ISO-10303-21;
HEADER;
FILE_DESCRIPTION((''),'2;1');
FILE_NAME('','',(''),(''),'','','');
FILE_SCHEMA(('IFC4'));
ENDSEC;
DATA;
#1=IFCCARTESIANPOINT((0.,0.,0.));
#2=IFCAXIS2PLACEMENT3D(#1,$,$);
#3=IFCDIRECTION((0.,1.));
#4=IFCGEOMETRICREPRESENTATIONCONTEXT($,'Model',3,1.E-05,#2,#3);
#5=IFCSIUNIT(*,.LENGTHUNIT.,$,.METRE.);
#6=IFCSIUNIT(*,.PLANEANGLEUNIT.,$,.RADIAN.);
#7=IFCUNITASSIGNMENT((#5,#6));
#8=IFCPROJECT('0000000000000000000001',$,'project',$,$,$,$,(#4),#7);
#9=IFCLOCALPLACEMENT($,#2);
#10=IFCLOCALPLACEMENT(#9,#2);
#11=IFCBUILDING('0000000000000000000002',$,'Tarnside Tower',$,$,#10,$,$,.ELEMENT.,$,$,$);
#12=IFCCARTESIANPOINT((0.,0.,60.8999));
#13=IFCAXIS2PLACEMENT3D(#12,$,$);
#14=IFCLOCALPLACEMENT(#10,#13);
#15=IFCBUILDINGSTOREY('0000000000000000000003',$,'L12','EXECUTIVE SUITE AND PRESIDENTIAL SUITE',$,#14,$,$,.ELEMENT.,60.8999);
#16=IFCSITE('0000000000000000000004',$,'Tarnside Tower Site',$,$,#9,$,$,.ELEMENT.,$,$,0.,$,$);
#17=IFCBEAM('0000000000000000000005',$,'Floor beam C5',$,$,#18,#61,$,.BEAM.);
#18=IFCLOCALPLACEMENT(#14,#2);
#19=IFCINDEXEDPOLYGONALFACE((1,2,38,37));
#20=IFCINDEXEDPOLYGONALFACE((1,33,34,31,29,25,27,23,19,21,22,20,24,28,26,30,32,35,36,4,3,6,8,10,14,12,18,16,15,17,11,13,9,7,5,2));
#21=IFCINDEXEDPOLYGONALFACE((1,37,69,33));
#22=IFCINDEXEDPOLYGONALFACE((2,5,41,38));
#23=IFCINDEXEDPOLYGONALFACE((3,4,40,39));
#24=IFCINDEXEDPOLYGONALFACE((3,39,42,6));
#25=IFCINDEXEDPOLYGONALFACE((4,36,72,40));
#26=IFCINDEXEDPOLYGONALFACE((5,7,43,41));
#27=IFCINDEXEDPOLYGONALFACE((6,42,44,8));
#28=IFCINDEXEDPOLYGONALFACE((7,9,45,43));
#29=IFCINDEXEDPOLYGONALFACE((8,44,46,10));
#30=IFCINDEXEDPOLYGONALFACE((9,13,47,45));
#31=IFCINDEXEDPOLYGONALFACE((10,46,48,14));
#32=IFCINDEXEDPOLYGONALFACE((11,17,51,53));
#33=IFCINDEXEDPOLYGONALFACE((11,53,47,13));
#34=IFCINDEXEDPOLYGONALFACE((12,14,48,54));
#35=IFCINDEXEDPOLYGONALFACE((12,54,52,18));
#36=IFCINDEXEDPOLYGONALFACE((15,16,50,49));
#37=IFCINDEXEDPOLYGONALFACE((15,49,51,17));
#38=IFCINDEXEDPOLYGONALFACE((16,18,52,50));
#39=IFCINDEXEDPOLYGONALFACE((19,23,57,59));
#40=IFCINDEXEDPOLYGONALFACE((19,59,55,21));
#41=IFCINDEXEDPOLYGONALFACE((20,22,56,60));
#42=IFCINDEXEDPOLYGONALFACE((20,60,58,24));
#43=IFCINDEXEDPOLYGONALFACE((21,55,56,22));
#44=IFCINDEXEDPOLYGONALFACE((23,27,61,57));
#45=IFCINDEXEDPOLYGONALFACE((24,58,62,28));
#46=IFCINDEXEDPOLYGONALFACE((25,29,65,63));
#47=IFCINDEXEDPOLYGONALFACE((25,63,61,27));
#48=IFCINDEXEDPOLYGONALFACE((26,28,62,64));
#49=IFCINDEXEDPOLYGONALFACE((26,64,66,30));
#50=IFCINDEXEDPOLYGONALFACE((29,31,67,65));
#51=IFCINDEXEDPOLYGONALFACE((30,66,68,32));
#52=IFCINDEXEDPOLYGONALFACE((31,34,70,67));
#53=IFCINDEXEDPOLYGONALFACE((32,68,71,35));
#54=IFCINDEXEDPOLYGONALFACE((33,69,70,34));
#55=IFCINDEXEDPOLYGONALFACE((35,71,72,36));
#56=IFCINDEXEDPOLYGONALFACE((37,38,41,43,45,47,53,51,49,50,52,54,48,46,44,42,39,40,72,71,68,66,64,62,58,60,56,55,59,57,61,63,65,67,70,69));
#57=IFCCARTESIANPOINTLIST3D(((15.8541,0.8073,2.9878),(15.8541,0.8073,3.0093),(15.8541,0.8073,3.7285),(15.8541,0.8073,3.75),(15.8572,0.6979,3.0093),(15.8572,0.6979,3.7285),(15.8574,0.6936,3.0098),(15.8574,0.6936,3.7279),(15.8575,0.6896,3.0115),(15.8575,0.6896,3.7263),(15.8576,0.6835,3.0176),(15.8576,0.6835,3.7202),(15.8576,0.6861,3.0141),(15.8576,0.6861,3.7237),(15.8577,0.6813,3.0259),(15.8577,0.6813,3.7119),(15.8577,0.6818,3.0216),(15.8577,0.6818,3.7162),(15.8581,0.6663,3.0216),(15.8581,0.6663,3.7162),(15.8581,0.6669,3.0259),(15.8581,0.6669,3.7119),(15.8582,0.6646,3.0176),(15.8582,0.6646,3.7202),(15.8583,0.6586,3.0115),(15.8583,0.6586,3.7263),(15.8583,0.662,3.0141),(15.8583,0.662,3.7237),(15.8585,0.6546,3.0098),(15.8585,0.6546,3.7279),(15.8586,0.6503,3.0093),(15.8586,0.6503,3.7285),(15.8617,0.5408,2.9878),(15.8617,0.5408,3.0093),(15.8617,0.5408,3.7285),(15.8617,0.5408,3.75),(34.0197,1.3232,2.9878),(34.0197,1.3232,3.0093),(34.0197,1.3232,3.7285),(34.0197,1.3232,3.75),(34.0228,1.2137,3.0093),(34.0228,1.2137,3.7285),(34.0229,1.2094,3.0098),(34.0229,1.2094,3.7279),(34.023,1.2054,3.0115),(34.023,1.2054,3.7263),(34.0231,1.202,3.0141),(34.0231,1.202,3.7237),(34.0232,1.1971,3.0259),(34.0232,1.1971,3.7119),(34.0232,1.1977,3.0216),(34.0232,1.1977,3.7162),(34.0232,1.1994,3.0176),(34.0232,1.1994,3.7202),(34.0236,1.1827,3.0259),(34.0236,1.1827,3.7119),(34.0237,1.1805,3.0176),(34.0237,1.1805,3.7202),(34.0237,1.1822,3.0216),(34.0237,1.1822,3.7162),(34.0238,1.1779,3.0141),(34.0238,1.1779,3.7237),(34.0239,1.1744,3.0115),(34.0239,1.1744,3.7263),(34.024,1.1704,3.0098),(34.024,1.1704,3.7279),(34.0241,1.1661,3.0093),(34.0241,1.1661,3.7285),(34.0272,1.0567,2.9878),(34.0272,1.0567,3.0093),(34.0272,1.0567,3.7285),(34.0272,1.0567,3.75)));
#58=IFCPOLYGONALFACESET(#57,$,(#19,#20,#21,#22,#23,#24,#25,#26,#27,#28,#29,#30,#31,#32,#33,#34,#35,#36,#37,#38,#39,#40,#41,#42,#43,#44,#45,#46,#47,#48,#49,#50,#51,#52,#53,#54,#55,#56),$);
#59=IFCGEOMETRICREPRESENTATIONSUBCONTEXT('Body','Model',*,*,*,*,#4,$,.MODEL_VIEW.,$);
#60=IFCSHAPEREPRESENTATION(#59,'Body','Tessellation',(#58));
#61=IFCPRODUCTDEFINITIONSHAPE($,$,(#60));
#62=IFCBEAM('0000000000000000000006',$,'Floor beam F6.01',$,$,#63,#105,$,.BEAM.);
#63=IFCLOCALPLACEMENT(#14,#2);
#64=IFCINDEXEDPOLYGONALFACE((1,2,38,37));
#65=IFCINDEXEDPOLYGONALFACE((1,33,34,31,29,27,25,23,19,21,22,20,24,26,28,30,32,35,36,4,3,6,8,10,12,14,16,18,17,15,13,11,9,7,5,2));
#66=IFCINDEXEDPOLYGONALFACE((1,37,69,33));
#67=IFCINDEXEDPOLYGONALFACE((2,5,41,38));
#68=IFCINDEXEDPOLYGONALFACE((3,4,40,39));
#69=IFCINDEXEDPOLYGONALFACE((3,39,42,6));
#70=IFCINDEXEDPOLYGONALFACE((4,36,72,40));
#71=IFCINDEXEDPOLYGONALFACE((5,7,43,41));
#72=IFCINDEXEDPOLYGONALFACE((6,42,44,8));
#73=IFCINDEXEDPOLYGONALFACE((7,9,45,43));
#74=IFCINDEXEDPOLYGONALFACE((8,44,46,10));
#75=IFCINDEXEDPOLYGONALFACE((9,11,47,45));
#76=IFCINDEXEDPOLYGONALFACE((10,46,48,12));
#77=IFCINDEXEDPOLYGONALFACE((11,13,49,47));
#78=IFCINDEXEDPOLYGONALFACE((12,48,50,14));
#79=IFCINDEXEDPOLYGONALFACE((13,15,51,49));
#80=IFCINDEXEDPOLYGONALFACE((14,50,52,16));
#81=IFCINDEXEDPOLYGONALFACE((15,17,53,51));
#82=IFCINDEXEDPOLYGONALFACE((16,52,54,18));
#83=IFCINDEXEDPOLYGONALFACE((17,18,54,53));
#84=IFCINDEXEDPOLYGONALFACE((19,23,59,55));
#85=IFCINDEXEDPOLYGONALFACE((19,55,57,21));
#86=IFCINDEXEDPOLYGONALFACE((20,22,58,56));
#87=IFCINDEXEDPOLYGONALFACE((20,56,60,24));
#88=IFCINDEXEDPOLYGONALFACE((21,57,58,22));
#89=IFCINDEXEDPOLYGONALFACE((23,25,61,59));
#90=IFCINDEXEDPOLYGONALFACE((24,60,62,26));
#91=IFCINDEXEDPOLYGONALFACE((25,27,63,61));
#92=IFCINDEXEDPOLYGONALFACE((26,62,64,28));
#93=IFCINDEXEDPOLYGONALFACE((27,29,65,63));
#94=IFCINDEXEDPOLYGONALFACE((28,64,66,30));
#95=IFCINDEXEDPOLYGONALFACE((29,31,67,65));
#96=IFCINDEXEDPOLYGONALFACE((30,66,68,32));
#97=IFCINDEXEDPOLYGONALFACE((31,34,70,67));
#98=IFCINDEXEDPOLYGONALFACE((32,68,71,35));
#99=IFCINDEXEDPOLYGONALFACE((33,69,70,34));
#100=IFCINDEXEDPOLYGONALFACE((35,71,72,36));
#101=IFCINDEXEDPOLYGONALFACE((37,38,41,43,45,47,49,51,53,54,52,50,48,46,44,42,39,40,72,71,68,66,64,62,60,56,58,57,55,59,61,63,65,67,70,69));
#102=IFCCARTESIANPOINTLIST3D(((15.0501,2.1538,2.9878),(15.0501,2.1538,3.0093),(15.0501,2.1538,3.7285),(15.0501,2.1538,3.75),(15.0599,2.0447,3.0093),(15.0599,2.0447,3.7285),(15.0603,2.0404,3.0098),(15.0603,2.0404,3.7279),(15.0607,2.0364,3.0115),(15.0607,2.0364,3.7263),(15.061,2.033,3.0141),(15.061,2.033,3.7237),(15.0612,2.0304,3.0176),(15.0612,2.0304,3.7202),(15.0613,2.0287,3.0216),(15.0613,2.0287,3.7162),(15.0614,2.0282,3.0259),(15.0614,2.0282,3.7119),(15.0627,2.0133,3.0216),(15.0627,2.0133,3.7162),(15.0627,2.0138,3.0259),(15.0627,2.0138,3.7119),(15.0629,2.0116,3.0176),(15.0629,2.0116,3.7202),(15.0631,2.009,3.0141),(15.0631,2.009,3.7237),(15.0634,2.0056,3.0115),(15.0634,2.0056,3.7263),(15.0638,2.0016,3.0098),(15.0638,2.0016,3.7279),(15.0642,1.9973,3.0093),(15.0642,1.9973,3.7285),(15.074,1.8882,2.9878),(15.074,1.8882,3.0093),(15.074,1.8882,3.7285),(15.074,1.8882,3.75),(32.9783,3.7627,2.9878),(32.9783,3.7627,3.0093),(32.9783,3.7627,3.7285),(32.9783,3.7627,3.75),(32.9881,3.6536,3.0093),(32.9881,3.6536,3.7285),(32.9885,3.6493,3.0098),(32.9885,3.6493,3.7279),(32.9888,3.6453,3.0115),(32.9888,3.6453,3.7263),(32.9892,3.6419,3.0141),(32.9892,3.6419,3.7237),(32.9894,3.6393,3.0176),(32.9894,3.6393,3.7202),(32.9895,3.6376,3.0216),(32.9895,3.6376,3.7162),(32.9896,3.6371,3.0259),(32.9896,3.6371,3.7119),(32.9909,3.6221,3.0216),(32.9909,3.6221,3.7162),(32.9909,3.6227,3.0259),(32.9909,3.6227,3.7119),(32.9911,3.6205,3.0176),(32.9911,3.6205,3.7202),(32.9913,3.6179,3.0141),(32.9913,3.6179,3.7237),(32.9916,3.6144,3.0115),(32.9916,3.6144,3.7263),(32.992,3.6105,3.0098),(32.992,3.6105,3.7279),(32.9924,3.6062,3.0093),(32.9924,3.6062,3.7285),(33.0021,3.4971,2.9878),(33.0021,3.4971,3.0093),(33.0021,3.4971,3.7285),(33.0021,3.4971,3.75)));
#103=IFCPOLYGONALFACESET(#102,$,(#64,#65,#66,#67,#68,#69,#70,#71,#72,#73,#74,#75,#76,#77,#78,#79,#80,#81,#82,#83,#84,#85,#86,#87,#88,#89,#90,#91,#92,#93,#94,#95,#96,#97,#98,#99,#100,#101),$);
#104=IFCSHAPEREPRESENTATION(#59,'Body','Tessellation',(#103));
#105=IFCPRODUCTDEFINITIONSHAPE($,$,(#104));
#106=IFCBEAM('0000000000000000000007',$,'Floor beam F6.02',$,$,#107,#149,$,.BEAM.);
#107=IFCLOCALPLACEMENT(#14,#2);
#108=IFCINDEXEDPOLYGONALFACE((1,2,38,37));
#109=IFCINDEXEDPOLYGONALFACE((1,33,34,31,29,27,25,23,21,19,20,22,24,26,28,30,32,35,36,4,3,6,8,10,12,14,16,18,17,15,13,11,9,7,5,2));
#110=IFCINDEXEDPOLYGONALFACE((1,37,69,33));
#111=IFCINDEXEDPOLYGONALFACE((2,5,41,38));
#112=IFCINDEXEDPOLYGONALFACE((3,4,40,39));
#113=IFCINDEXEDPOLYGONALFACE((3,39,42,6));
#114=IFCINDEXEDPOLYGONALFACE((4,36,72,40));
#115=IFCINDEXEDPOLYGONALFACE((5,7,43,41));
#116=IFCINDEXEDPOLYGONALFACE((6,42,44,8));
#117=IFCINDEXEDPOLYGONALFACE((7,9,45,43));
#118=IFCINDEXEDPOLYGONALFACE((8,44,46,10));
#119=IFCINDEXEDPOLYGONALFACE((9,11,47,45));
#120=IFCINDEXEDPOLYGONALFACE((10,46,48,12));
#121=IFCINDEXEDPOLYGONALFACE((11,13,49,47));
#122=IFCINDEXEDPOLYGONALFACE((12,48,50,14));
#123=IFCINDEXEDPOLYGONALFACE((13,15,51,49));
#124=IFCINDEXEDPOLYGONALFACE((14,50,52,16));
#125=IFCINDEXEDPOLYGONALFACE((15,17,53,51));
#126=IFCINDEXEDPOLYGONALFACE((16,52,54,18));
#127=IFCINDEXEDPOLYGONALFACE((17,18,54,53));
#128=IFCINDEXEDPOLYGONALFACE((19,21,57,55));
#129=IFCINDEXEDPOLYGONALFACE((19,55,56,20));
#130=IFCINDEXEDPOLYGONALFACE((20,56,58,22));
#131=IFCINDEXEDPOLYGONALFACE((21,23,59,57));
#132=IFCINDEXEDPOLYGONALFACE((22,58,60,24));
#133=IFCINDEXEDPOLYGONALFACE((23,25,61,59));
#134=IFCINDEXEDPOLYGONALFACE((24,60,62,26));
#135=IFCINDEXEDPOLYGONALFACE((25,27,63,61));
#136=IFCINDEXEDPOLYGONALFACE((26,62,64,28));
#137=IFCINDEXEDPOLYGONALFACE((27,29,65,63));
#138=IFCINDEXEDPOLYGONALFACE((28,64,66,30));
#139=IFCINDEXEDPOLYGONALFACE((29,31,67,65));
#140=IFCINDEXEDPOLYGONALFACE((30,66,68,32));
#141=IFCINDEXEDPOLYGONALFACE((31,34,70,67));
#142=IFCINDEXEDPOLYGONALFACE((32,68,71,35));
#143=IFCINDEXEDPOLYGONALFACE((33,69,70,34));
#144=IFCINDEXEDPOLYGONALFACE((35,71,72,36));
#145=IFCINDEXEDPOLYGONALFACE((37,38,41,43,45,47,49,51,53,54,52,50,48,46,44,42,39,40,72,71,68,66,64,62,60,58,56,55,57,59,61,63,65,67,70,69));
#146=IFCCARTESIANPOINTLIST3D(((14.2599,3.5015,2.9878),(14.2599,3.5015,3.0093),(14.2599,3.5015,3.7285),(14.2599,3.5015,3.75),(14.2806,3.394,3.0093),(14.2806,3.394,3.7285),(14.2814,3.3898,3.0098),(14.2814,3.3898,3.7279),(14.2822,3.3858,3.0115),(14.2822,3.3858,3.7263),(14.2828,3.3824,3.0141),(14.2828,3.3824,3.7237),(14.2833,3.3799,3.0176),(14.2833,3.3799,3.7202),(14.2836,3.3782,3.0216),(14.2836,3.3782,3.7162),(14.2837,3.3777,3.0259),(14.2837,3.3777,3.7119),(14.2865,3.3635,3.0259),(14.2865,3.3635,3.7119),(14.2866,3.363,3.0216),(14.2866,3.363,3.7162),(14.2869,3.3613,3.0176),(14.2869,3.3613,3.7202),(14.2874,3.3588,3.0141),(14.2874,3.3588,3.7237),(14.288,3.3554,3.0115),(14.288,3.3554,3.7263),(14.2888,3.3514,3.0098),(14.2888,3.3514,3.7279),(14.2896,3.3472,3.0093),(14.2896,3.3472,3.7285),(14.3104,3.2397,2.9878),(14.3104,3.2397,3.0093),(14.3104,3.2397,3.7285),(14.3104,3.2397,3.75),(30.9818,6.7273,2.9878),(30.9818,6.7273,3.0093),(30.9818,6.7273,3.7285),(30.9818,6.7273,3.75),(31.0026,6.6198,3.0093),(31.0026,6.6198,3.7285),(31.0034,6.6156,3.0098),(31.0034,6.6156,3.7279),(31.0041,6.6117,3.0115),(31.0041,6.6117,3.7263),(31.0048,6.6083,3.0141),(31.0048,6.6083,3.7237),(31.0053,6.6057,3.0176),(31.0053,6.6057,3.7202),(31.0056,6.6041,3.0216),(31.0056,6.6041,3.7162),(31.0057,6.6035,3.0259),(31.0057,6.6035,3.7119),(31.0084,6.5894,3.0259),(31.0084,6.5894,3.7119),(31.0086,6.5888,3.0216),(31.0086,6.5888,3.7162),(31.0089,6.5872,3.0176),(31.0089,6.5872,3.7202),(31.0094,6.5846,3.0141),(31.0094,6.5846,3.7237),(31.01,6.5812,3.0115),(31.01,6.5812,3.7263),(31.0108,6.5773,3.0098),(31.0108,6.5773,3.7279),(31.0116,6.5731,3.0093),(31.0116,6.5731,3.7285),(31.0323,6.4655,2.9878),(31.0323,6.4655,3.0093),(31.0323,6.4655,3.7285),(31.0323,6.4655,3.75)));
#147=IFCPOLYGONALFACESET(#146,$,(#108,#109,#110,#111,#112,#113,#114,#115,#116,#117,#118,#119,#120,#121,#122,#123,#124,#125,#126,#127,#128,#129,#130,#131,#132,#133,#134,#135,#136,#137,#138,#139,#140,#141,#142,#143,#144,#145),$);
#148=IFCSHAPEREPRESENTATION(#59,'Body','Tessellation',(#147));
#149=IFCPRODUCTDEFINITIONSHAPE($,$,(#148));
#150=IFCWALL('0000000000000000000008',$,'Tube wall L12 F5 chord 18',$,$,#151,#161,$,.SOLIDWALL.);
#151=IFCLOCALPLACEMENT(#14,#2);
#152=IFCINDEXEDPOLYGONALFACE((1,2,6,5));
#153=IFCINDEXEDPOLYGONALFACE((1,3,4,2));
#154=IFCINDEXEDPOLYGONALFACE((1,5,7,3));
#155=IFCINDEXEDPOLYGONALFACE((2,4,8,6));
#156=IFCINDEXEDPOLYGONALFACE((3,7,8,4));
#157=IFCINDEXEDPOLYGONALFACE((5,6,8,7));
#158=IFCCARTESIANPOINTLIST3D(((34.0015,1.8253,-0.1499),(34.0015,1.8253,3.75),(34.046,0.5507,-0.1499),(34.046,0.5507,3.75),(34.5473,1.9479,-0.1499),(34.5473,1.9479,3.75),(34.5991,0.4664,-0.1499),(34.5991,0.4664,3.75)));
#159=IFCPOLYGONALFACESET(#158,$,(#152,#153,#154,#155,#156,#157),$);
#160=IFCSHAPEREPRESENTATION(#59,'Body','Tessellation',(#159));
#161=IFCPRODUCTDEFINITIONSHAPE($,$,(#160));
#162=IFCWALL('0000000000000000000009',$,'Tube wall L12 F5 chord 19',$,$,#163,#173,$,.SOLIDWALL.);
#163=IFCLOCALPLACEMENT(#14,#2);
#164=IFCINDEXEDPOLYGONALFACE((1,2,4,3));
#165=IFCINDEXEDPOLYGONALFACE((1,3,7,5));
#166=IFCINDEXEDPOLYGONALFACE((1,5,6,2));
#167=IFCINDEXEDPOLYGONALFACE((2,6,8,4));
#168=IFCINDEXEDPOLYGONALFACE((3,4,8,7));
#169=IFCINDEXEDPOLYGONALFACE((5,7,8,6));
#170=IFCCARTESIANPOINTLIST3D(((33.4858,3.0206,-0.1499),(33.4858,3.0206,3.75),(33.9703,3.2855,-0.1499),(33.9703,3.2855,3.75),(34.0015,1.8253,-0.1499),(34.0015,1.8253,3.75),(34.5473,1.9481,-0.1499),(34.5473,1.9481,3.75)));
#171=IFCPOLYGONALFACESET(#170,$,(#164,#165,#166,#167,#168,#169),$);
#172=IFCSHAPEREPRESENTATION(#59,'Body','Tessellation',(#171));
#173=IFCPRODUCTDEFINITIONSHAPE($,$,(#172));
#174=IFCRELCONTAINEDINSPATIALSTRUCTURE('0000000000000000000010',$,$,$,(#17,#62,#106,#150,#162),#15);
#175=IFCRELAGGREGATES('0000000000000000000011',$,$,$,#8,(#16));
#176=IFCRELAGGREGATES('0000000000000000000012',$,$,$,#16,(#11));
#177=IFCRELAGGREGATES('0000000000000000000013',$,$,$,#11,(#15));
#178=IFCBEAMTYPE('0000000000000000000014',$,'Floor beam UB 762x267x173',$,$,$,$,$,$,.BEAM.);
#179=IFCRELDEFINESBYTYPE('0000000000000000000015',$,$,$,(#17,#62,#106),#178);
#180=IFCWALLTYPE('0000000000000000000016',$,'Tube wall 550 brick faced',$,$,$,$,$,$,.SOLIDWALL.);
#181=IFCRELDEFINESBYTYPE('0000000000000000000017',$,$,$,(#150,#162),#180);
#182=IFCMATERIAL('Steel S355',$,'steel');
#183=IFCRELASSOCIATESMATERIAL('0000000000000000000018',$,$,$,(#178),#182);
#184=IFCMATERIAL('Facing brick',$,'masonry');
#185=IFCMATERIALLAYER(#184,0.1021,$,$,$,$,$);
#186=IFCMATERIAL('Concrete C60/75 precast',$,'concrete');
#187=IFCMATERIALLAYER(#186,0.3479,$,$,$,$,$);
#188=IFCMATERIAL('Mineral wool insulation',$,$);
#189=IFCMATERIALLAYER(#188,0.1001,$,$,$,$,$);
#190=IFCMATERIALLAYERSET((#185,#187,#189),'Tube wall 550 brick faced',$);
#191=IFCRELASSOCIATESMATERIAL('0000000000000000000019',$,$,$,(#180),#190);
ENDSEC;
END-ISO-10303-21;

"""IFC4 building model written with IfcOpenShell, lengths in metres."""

from ifc_helpers import new_model, si_unit, direction, frame, origin, origin_2d, place, context, subcontext, project, spatial, polyline, i_section, outline, extrude, material, layer, layer_set, material_profile, profile_set, type_object, element, save


model = new_model("IFC4")

# Units and contexts
model_context = context("Model", 3, precision=1e-05, world=origin(), true_north=direction((0.0, 1.0)))
body_context = subcontext(model_context, "Body", "Model", "MODEL_VIEW")
ifc_project = project(units=[si_unit("LENGTHUNIT", "METRE"), si_unit("PLANEANGLEUNIT", "RADIAN")], contexts=[model_context])

# Site, building, storey
site_placement = place(None, origin())
site = spatial("IfcSite", under=ifc_project, at=site_placement, Name="Tarnside Tower Site", CompositionType="ELEMENT", RefElevation=0.0)
building_placement = place(site_placement, origin())
building = spatial("IfcBuilding", under=site, at=building_placement, Name="Tarnside Tower", CompositionType="ELEMENT")
storey_placement = place(building_placement, frame((0.0, 0.0, 60.8999)))
storey = spatial("IfcBuildingStorey", under=building, at=storey_placement, Name="L12", Description="EXECUTIVE SUITE AND PRESIDENTIAL SUITE", CompositionType="ELEMENT", Elevation=60.8999)

# Beams
ifc_material_1 = material(Name="Steel S355", Category="steel")
ifc_material_profile = material_profile(ifc_material_1, i_section(OverallWidth=0.2666, OverallDepth=0.7622, WebThickness=0.0144, FlangeThickness=0.0215, FilletRadius=0.0166, at=origin_2d()), Name="UB 762x267x173")
ifc_profile_set = profile_set([ifc_material_profile], Name="Steel S355")
beam_type = type_object("IfcBeamType", Name="Floor beam UB 762x267x173", PredefinedType="BEAM", material=ifc_profile_set)
beam_1_placement = place(storey_placement, frame((34.0234, 1.1899, 3.3689), z_axis=(-0.999597, -0.028387, 0.0), x_axis=(0.028387, -0.999597, 0.0)))
element("IfcBeam", 1, at=beam_1_placement, inside=storey, type_object=beam_type, Name="Floor beam C5", PredefinedType="BEAM", context=body_context, shape_type="SweptSolid", body=[
    extrude(i_section(OverallWidth=0.2666, OverallDepth=0.7622, WebThickness=0.0144, FlangeThickness=0.0215, FilletRadius=0.0166, at=origin_2d()), origin(), (0.0, 0.0, 1.0), 18.1729),
])
beam_2_placement = place(storey_placement, frame((32.9902, 3.6299, 3.3689), z_axis=(-0.995997, -0.089381, 0.0), x_axis=(0.089381, -0.995997, 0.0)))
element("IfcBeam", 2, at=beam_2_placement, inside=storey, type_object=beam_type, Name="Floor beam F6.01", PredefinedType="BEAM", context=body_context, shape_type="SweptSolid", body=[
    extrude(i_section(OverallWidth=0.2666, OverallDepth=0.7622, WebThickness=0.0144, FlangeThickness=0.0215, FilletRadius=0.0166, at=origin_2d()), origin(), (0.0, 0.0, 1.0), 18.0002),
])
beam_3_placement = place(storey_placement, frame((31.0071, 6.5964, 3.3689), z_axis=(-0.981897, -0.189418, 0.0), x_axis=(0.189418, -0.981897, 0.0)))
element("IfcBeam", 3, at=beam_3_placement, inside=storey, type_object=beam_type, Name="Floor beam F6.02", PredefinedType="BEAM", context=body_context, shape_type="SweptSolid", body=[
    extrude(i_section(OverallWidth=0.2666, OverallDepth=0.7622, WebThickness=0.0144, FlangeThickness=0.0215, FilletRadius=0.0166, at=origin_2d()), origin(), (0.0, 0.0, 1.0), 17.0303),
])

# Walls
ifc_material_2 = material(Name="Facing brick", Category="masonry")
ifc_layer_1 = layer(ifc_material_2, 0.1021)
ifc_material_3 = material(Name="Concrete C60/75 precast", Category="concrete")
ifc_layer_2 = layer(ifc_material_3, 0.3479)
ifc_material_4 = material(Name="Mineral wool insulation")
ifc_layer_3 = layer(ifc_material_4, 0.1001)
ifc_layer_set_1 = layer_set([ifc_layer_1, ifc_layer_2, ifc_layer_3], Name="Tube wall 550 brick faced")
wall_type = type_object("IfcWallType", Name="Tube wall 550 brick faced", PredefinedType="SOLIDWALL", material=ifc_layer_set_1)
wall_1_placement = place(storey_placement, frame((34.3225, 0.5085, -0.1499), z_axis=(0.0, 0.0, 1.0), x_axis=(-0.034877, 0.999392, 0.0)))
element("IfcWall", 4, at=wall_1_placement, inside=storey, type_object=wall_type, Name="Tube wall L12 F5 chord 18", PredefinedType="SOLIDWALL", context=body_context, shape_type="SweptSolid", body=[
    extrude(outline(polyline([(-0.0518, -0.2749), (1.4307, -0.2749), (1.3271, 0.2749), (0.0518, 0.2749), (-0.0518, -0.2749)])), origin(), (0.0, 0.0, 1.0), 3.8999),
])
wall_2_placement = place(storey_placement, frame((34.2744, 1.8867, -0.1499), z_axis=(0.0, 0.0, 1.0), x_axis=(-0.396161, 0.918181, 0.0)))
element("IfcWall", 5, at=wall_2_placement, inside=storey, type_object=wall_type, Name="Tube wall L12 F5 chord 19", PredefinedType="SOLIDWALL", context=body_context, shape_type="SweptSolid", body=[
    extrude(outline(polyline([(-0.0518, -0.2749), (1.4048, -0.2749), (1.3535, 0.2749), (0.0518, 0.2749), (-0.0518, -0.2749)])), origin(), (0.0, 0.0, 1.0), 3.8999),
])

save(model, "model.ifc")
